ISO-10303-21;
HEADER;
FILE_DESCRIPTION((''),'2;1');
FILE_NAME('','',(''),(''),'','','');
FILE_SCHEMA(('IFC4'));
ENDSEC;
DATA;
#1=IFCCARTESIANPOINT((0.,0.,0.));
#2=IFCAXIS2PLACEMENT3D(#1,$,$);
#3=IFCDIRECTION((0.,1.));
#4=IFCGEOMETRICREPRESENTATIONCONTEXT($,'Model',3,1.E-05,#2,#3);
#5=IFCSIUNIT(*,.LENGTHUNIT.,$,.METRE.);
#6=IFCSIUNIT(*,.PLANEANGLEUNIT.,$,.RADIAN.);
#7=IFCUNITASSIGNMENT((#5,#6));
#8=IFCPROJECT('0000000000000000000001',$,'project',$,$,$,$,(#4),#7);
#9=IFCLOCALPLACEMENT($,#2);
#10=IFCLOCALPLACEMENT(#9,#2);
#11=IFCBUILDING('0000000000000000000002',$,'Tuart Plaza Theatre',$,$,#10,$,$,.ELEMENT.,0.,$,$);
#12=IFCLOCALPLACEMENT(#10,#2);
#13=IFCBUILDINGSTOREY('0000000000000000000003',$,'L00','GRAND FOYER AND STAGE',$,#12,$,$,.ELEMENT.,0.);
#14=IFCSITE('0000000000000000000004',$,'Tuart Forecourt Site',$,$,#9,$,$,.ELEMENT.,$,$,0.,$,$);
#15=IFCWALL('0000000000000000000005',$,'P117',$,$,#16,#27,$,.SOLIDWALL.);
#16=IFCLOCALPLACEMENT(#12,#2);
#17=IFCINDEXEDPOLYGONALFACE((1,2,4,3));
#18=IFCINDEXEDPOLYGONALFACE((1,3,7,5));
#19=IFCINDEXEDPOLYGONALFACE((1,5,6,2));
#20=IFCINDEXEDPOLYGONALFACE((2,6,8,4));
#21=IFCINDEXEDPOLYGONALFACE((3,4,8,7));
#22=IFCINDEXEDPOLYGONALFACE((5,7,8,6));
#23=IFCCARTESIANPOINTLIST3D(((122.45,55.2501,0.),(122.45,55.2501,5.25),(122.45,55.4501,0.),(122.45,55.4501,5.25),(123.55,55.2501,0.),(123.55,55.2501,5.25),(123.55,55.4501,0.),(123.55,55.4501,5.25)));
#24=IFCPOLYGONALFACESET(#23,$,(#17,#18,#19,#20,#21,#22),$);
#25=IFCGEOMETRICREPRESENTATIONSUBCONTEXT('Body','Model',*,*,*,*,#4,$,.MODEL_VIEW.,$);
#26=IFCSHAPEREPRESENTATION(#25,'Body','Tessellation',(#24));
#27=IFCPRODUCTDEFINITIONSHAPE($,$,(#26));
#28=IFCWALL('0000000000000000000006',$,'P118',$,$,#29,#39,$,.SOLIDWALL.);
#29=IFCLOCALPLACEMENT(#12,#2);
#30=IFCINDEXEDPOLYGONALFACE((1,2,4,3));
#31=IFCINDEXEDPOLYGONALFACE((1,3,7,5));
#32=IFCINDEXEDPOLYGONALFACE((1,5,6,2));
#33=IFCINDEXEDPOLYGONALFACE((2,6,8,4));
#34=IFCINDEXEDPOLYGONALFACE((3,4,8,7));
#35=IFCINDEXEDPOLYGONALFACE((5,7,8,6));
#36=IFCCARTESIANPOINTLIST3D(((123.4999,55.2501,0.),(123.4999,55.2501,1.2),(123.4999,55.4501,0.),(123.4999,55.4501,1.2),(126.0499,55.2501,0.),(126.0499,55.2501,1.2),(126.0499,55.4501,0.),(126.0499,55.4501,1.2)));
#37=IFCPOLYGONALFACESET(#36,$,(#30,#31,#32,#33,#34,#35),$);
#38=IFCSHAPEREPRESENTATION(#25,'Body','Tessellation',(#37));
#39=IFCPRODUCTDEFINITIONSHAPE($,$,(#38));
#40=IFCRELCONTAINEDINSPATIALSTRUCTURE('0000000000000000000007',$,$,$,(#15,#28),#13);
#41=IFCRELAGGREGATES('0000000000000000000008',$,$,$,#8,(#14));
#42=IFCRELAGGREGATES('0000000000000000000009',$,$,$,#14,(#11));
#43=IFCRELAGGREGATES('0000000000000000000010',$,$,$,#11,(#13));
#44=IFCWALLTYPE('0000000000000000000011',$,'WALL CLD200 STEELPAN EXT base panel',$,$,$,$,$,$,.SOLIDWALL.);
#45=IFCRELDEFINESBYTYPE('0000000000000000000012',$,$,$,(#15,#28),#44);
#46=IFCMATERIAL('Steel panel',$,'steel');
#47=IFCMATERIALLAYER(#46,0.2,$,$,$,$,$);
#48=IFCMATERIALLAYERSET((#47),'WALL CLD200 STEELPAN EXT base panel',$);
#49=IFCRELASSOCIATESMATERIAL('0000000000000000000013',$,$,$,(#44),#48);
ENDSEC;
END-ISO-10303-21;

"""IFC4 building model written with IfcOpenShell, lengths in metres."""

from ifc_helpers import new_model, si_unit, direction, frame, frame_2d, origin, place, context, subcontext, project, spatial, rectangle, extrude, material, layer, layer_set, type_object, element, save


model = new_model("IFC4")

# Units and contexts
model_context = context("Model", 3, precision=1e-05, world=origin(), true_north=direction((0.0, 1.0)))
body_context = subcontext(model_context, "Body", "Model", "MODEL_VIEW")
ifc_project = project(units=[si_unit("LENGTHUNIT", "METRE"), si_unit("PLANEANGLEUNIT", "RADIAN")], contexts=[model_context])

# Site, building, storey
site_placement = place(None, origin())
site = spatial("IfcSite", under=ifc_project, at=site_placement, Name="Tuart Forecourt Site", CompositionType="ELEMENT", RefElevation=0.0)
building_placement = place(site_placement, origin())
building = spatial("IfcBuilding", under=site, at=building_placement, Name="Tuart Plaza Theatre", CompositionType="ELEMENT", ElevationOfRefHeight=0.0)
storey_placement = place(building_placement, origin())
storey = spatial("IfcBuildingStorey", under=building, at=storey_placement, Name="L00", Description="GRAND FOYER AND STAGE", CompositionType="ELEMENT", Elevation=0.0)

# Walls
ifc_material_1 = material(Name="Steel panel", Category="steel")
ifc_layer_1 = layer(ifc_material_1, 0.2)
ifc_layer_set_1 = layer_set([ifc_layer_1], Name="WALL CLD200 STEELPAN EXT base panel")
wall_type = type_object("IfcWallType", Name="WALL CLD200 STEELPAN EXT base panel", PredefinedType="SOLIDWALL", material=ifc_layer_set_1)
wall_1_placement = place(storey_placement, frame((122.45, 55.3501, 0.0), z_axis=(0.0, 0.0, 1.0), x_axis=(1.0, 0.0, 0.0)))
element("IfcWall", 1, at=wall_1_placement, inside=storey, type_object=wall_type, Name="P117", PredefinedType="SOLIDWALL", context=body_context, shape_type="SweptSolid", body=[
    extrude(rectangle(XDim=1.1001, YDim=0.2, at=frame_2d((0.55, 0.0))), origin(), (0.0, 0.0, 1.0), 5.25),
])
wall_2_placement = place(storey_placement, frame((123.5, 55.3501, 0.0), z_axis=(0.0, 0.0, 1.0), x_axis=(1.0, 0.0, 0.0)))
element("IfcWall", 2, at=wall_2_placement, inside=storey, type_object=wall_type, Name="P118", PredefinedType="SOLIDWALL", context=body_context, shape_type="SweptSolid", body=[
    extrude(rectangle(XDim=2.55, YDim=0.2, at=frame_2d((1.2749, 0.0))), origin(), (0.0, 0.0, 1.0), 1.2),
])

save(model, "model.ifc")
